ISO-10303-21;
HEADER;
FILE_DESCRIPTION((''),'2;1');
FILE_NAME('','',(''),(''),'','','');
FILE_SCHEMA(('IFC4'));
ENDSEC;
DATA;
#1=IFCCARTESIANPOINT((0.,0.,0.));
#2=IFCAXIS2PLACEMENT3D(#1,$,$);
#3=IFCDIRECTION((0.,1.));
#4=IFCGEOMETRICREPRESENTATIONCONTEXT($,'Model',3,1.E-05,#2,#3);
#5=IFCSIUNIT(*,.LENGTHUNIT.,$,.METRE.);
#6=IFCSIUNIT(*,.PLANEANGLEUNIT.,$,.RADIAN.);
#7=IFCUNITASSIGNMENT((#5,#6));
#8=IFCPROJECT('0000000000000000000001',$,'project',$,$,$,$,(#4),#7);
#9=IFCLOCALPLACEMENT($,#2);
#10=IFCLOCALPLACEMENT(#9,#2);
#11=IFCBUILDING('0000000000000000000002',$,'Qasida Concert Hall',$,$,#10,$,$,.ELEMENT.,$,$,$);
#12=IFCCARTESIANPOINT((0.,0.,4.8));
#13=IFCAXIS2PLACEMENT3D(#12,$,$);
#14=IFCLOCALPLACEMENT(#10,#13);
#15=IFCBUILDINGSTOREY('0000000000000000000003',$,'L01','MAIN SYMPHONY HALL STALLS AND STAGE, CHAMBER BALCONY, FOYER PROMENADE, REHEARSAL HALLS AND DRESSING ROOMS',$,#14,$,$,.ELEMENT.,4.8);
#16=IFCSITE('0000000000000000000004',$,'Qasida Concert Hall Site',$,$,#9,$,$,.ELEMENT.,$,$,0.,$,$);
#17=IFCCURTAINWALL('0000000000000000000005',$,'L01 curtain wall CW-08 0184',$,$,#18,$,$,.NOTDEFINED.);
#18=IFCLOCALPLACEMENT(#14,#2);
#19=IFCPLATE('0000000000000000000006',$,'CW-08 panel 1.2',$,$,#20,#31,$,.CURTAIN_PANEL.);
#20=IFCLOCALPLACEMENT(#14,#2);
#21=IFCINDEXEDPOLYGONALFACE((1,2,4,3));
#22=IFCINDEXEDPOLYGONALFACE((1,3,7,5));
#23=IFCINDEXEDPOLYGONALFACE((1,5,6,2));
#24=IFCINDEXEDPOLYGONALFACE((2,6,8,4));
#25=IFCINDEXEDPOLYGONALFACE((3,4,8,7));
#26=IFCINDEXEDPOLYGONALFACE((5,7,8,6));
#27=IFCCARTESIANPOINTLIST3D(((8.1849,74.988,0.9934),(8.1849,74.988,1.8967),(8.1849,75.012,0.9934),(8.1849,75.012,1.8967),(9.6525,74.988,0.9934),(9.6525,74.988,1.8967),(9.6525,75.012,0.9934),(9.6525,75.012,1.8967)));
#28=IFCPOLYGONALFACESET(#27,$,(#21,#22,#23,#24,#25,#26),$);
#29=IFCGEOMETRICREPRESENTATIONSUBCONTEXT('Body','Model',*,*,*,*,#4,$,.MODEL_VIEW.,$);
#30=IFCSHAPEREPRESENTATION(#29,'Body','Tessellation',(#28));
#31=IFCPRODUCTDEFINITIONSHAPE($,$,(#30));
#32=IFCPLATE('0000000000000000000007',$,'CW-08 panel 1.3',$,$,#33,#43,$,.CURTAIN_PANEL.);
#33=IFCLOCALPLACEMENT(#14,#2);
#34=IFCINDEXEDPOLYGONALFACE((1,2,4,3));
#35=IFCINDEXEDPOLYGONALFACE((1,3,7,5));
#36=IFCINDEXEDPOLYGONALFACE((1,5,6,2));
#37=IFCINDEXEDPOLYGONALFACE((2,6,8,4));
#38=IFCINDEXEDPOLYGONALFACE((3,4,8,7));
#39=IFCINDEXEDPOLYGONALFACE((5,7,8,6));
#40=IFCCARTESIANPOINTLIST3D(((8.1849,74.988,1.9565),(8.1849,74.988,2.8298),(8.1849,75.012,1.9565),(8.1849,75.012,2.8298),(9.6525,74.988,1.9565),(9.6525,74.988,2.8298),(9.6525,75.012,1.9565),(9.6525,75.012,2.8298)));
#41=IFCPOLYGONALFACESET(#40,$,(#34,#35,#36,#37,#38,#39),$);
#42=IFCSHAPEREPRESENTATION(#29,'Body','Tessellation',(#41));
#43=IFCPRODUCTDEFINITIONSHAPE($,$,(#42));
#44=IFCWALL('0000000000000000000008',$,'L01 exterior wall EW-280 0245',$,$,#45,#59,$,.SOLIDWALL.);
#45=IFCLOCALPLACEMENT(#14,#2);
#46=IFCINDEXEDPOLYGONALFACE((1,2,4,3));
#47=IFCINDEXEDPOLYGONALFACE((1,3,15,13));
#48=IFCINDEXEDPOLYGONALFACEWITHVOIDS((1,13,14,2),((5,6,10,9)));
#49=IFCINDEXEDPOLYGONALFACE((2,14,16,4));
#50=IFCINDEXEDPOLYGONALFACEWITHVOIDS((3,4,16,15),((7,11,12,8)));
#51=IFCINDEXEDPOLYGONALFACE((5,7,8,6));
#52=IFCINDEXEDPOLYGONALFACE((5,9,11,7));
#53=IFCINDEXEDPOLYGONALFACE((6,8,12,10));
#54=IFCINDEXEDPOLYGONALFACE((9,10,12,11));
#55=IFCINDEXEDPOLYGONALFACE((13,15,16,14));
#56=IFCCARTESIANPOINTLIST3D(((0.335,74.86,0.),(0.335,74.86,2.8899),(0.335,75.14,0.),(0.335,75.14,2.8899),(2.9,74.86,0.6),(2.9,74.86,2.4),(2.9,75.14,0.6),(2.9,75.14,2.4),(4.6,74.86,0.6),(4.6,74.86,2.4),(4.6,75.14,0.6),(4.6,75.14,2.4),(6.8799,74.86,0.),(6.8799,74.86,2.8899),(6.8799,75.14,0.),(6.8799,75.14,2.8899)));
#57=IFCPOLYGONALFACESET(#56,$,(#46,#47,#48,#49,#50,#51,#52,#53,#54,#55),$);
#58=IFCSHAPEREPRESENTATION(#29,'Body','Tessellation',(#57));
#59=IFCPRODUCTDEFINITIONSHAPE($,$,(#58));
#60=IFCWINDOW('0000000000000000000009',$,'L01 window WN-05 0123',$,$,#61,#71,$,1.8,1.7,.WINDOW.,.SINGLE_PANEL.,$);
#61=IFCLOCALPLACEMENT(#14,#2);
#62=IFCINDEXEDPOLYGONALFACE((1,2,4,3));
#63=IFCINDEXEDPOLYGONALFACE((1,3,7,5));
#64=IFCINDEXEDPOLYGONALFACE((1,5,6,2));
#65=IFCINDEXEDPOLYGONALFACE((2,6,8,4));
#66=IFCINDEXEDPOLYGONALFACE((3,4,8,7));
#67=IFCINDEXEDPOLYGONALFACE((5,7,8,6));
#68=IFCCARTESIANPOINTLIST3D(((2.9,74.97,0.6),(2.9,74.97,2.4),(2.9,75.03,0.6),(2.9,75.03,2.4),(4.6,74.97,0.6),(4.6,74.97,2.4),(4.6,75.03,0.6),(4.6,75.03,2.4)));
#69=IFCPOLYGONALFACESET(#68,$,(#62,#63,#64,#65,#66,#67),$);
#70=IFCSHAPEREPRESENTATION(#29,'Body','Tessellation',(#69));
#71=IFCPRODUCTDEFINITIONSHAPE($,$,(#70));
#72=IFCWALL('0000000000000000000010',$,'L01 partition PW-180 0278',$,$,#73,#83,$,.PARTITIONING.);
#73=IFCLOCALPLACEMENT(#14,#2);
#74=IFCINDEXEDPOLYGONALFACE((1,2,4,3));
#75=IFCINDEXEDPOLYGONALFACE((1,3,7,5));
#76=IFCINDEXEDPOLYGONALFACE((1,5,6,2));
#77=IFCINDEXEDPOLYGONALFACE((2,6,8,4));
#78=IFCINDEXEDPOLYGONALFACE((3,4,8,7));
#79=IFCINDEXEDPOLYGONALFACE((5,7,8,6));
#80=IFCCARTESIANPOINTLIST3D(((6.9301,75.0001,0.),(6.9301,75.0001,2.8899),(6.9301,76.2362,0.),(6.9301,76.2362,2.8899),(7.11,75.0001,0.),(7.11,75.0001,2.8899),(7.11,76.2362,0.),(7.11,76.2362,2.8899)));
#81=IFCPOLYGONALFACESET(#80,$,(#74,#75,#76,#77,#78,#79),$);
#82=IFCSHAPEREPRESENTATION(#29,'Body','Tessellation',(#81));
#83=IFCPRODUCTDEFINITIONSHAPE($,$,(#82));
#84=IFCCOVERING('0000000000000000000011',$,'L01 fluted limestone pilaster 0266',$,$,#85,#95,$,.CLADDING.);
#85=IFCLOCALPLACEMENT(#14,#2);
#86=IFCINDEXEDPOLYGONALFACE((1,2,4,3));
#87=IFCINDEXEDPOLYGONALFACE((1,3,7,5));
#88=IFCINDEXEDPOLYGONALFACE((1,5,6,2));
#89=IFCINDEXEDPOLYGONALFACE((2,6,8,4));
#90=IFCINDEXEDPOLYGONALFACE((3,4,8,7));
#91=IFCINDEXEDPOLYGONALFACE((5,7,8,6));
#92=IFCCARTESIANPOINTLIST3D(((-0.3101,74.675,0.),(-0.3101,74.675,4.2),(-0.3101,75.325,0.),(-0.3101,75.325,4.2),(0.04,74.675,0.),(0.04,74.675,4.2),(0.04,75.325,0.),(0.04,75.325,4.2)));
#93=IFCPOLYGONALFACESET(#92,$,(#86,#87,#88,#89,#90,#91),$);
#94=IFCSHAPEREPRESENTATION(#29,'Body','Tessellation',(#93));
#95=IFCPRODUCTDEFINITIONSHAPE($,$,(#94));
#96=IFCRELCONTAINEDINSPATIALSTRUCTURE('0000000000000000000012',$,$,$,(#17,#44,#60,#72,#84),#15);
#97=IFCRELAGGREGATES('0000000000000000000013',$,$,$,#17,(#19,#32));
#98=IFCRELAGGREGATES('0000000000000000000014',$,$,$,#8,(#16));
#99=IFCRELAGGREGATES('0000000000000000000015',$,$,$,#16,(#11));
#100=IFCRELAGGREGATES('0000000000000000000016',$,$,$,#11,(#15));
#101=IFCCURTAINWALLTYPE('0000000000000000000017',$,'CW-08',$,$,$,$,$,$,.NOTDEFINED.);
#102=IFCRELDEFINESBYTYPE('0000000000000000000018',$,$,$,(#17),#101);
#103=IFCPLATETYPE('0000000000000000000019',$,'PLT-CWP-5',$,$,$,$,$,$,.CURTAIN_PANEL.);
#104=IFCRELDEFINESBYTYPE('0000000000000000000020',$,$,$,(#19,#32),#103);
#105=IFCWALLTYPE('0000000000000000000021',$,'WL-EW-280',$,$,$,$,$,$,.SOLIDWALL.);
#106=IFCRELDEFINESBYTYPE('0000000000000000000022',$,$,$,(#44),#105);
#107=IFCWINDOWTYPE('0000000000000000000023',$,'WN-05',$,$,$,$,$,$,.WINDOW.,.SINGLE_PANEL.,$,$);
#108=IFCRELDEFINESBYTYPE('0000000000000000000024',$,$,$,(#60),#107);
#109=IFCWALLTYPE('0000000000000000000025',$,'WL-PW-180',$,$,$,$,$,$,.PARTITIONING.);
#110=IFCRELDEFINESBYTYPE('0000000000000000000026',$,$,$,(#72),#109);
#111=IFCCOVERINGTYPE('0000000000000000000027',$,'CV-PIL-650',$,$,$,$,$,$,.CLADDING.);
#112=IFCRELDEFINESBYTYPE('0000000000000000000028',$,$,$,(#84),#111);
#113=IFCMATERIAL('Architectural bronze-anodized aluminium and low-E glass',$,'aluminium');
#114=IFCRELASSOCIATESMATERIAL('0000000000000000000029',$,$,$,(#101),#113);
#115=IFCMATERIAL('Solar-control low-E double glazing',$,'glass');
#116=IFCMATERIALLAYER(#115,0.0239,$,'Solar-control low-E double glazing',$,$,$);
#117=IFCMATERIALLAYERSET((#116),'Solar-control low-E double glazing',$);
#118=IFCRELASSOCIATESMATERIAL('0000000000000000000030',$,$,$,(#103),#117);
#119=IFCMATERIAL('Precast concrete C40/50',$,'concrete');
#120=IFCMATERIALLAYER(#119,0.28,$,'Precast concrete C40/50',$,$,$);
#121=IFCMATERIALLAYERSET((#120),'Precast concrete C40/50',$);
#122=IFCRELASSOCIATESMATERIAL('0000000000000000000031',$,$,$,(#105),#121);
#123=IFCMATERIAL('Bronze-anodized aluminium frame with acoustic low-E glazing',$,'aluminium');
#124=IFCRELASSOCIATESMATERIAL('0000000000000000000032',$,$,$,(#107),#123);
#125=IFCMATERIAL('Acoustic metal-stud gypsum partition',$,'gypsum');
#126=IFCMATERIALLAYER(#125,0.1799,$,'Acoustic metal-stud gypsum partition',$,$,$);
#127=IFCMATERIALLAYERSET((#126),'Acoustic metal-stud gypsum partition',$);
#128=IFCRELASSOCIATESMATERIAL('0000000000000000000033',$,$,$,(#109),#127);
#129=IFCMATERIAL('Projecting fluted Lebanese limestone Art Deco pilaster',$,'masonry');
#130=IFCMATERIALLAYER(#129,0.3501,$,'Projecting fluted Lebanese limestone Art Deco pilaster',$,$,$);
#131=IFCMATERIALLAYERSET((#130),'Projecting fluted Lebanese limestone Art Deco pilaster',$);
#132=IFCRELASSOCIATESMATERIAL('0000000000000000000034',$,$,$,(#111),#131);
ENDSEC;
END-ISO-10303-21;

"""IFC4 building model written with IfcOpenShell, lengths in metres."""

from ifc_helpers import new_model, si_unit, direction, frame, frame_2d, origin, origin_2d, place, context, subcontext, project, spatial, rectangle, extrude, material, layer, layer_set, type_object, element, fill, aggregate, save


model = new_model("IFC4")

# Units and contexts
model_context = context("Model", 3, precision=1e-05, world=origin(), true_north=direction((0.0, 1.0)))
body_context = subcontext(model_context, "Body", "Model", "MODEL_VIEW")
ifc_project = project(units=[si_unit("LENGTHUNIT", "METRE"), si_unit("PLANEANGLEUNIT", "RADIAN")], contexts=[model_context])

# Site, building, storey
site_placement = place(None, origin())
site = spatial("IfcSite", under=ifc_project, at=site_placement, Name="Qasida Concert Hall Site", CompositionType="ELEMENT", RefElevation=0.0)
building_placement = place(site_placement, origin())
building = spatial("IfcBuilding", under=site, at=building_placement, Name="Qasida Concert Hall", CompositionType="ELEMENT")
storey_placement = place(building_placement, frame((0.0, 0.0, 4.8)))
storey = spatial("IfcBuildingStorey", under=building, at=storey_placement, Name="L01", Description="MAIN SYMPHONY HALL STALLS AND STAGE, CHAMBER BALCONY, FOYER PROMENADE, REHEARSAL HALLS AND DRESSING ROOMS", CompositionType="ELEMENT", Elevation=4.8)

# Curtain wall
ifc_material_1 = material(Name="Architectural bronze-anodized aluminium and low-E glass", Category="aluminium")
curtain_wall_type_1 = type_object("IfcCurtainWallType", Name="CW-08", PredefinedType="NOTDEFINED", material=ifc_material_1)
curtain_wall_1_placement = place(storey_placement, origin())
curtain_wall_1 = element("IfcCurtainWall", 1, at=curtain_wall_1_placement, inside=storey, type_object=curtain_wall_type_1, Name="L01 curtain wall CW-08 0184", PredefinedType="NOTDEFINED")

# Plates
ifc_material_2 = material(Name="Solar-control low-E double glazing", Category="glass")
ifc_layer_1 = layer(ifc_material_2, 0.0239, Name="Solar-control low-E double glazing")
ifc_layer_set_1 = layer_set([ifc_layer_1], Name="Solar-control low-E double glazing")
plate_type_1 = type_object("IfcPlateType", Name="PLT-CWP-5", PredefinedType="CURTAIN_PANEL", material=ifc_layer_set_1)
plate_1_placement = place(storey_placement, frame((8.9187, 75.0, 0.9934), z_axis=(0.0, 0.0, 1.0), x_axis=(1.0, 0.0, 0.0)))
plate_1 = element("IfcPlate", 2, at=plate_1_placement, type_object=plate_type_1, Name="CW-08 panel 1.2", PredefinedType="CURTAIN_PANEL", context=body_context, shape_type="SweptSolid", body=[
    extrude(rectangle(XDim=1.4675, YDim=0.0239, at=origin_2d()), origin(), (0.0, 0.0, 1.0), 0.9033),
])
plate_2_placement = place(storey_placement, frame((8.9187, 75.0, 1.9565), z_axis=(0.0, 0.0, 1.0), x_axis=(1.0, 0.0, 0.0)))
plate_2 = element("IfcPlate", 3, at=plate_2_placement, type_object=plate_type_1, Name="CW-08 panel 1.3", PredefinedType="CURTAIN_PANEL", context=body_context, shape_type="SweptSolid", body=[
    extrude(rectangle(XDim=1.4675, YDim=0.0239, at=origin_2d()), origin(), (0.0, 0.0, 1.0), 0.8733),
])
aggregate(curtain_wall_1, [plate_1, plate_2])

# Wall, opening, window
ifc_material_3 = material(Name="Precast concrete C40/50", Category="concrete")
ifc_layer_2 = layer(ifc_material_3, 0.28, Name="Precast concrete C40/50")
ifc_layer_set_2 = layer_set([ifc_layer_2], Name="Precast concrete C40/50")
wall_type_1 = type_object("IfcWallType", Name="WL-EW-280", PredefinedType="SOLIDWALL", material=ifc_layer_set_2)
wall_1_placement = place(storey_placement, frame((0.335, 75.0, 0.0), z_axis=(0.0, 0.0, 1.0), x_axis=(1.0, 0.0, 0.0)))
wall_1 = element("IfcWall", 4, at=wall_1_placement, inside=storey, type_object=wall_type_1, Name="L01 exterior wall EW-280 0245", PredefinedType="SOLIDWALL", context=body_context, shape_type="SweptSolid", body=[
    extrude(rectangle(XDim=6.5449, YDim=0.28, at=frame_2d((3.2725, 0.0))), origin(), (0.0, 0.0, 1.0), 2.8899),
])
opening_placement = place(wall_1_placement, frame((2.5649, 0.0, 0.6001)))
opening = element("IfcOpeningElement", 5, at=opening_placement, cuts=wall_1, PredefinedType="OPENING", context=body_context, shape_type="SweptSolid", body=[
    extrude(rectangle(XDim=1.7, YDim=1.8, at=frame_2d((0.8501, 0.8999))), frame((0.0, 0.1499, 0.0), z_axis=(0.0, -1.0, 0.0), x_axis=(1.0, 0.0, 0.0)), (0.0, 0.0, 1.0), 0.3),
])
ifc_material_4 = material(Name="Bronze-anodized aluminium frame with acoustic low-E glazing", Category="aluminium")
window_type = type_object("IfcWindowType", Name="WN-05", PartitioningType="SINGLE_PANEL", PredefinedType="WINDOW", material=ifc_material_4)
window_placement = place(opening_placement, origin())
window = element("IfcWindow", 6, at=window_placement, inside=storey, type_object=window_type, Name="L01 window WN-05 0123", OverallHeight=1.8, OverallWidth=1.7, PartitioningType="SINGLE_PANEL", PredefinedType="WINDOW", context=body_context, shape_type="SweptSolid", body=[
    extrude(rectangle(XDim=1.7, YDim=1.8, at=frame_2d((0.8501, 0.8999))), frame((0.0, 0.03, 0.0), z_axis=(0.0, -1.0, 0.0), x_axis=(1.0, 0.0, 0.0)), (0.0, 0.0, 1.0), 0.0601),
])
fill(opening, window)

# Wall
ifc_material_5 = material(Name="Acoustic metal-stud gypsum partition", Category="gypsum")
ifc_layer_3 = layer(ifc_material_5, 0.1799, Name="Acoustic metal-stud gypsum partition")
ifc_layer_set_3 = layer_set([ifc_layer_3], Name="Acoustic metal-stud gypsum partition")
wall_type_2 = type_object("IfcWallType", Name="WL-PW-180", PredefinedType="PARTITIONING", material=ifc_layer_set_3)
wall_2_placement = place(storey_placement, frame((7.02, 75.0, 0.0), z_axis=(0.0, 0.0, 1.0), x_axis=(0.0, 1.0, 0.0)))
element("IfcWall", 7, at=wall_2_placement, inside=storey, type_object=wall_type_2, Name="L01 partition PW-180 0278", PredefinedType="PARTITIONING", context=body_context, shape_type="SweptSolid", body=[
    extrude(rectangle(XDim=1.2361, YDim=0.1799, at=frame_2d((0.6182, 0.0))), origin(), (0.0, 0.0, 1.0), 2.8899),
])

# Covering
ifc_material_6 = material(Name="Projecting fluted Lebanese limestone Art Deco pilaster", Category="masonry")
ifc_layer_4 = layer(ifc_material_6, 0.3501, Name="Projecting fluted Lebanese limestone Art Deco pilaster")
ifc_layer_set_4 = layer_set([ifc_layer_4], Name="Projecting fluted Lebanese limestone Art Deco pilaster")
covering_type = type_object("IfcCoveringType", Name="CV-PIL-650", PredefinedType="CLADDING", material=ifc_layer_set_4)
covering_placement = place(storey_placement, frame((-0.135, 75.0, 0.0), z_axis=(0.0, 0.0, 1.0), x_axis=(1.0, 0.0, 0.0)))
element("IfcCovering", 8, at=covering_placement, inside=storey, type_object=covering_type, Name="L01 fluted limestone pilaster 0266", PredefinedType="CLADDING", context=body_context, shape_type="SweptSolid", body=[
    extrude(rectangle(XDim=0.3501, YDim=0.6499, at=origin_2d()), origin(), (0.0, 0.0, 1.0), 4.2),
])

save(model, "model.ifc")
